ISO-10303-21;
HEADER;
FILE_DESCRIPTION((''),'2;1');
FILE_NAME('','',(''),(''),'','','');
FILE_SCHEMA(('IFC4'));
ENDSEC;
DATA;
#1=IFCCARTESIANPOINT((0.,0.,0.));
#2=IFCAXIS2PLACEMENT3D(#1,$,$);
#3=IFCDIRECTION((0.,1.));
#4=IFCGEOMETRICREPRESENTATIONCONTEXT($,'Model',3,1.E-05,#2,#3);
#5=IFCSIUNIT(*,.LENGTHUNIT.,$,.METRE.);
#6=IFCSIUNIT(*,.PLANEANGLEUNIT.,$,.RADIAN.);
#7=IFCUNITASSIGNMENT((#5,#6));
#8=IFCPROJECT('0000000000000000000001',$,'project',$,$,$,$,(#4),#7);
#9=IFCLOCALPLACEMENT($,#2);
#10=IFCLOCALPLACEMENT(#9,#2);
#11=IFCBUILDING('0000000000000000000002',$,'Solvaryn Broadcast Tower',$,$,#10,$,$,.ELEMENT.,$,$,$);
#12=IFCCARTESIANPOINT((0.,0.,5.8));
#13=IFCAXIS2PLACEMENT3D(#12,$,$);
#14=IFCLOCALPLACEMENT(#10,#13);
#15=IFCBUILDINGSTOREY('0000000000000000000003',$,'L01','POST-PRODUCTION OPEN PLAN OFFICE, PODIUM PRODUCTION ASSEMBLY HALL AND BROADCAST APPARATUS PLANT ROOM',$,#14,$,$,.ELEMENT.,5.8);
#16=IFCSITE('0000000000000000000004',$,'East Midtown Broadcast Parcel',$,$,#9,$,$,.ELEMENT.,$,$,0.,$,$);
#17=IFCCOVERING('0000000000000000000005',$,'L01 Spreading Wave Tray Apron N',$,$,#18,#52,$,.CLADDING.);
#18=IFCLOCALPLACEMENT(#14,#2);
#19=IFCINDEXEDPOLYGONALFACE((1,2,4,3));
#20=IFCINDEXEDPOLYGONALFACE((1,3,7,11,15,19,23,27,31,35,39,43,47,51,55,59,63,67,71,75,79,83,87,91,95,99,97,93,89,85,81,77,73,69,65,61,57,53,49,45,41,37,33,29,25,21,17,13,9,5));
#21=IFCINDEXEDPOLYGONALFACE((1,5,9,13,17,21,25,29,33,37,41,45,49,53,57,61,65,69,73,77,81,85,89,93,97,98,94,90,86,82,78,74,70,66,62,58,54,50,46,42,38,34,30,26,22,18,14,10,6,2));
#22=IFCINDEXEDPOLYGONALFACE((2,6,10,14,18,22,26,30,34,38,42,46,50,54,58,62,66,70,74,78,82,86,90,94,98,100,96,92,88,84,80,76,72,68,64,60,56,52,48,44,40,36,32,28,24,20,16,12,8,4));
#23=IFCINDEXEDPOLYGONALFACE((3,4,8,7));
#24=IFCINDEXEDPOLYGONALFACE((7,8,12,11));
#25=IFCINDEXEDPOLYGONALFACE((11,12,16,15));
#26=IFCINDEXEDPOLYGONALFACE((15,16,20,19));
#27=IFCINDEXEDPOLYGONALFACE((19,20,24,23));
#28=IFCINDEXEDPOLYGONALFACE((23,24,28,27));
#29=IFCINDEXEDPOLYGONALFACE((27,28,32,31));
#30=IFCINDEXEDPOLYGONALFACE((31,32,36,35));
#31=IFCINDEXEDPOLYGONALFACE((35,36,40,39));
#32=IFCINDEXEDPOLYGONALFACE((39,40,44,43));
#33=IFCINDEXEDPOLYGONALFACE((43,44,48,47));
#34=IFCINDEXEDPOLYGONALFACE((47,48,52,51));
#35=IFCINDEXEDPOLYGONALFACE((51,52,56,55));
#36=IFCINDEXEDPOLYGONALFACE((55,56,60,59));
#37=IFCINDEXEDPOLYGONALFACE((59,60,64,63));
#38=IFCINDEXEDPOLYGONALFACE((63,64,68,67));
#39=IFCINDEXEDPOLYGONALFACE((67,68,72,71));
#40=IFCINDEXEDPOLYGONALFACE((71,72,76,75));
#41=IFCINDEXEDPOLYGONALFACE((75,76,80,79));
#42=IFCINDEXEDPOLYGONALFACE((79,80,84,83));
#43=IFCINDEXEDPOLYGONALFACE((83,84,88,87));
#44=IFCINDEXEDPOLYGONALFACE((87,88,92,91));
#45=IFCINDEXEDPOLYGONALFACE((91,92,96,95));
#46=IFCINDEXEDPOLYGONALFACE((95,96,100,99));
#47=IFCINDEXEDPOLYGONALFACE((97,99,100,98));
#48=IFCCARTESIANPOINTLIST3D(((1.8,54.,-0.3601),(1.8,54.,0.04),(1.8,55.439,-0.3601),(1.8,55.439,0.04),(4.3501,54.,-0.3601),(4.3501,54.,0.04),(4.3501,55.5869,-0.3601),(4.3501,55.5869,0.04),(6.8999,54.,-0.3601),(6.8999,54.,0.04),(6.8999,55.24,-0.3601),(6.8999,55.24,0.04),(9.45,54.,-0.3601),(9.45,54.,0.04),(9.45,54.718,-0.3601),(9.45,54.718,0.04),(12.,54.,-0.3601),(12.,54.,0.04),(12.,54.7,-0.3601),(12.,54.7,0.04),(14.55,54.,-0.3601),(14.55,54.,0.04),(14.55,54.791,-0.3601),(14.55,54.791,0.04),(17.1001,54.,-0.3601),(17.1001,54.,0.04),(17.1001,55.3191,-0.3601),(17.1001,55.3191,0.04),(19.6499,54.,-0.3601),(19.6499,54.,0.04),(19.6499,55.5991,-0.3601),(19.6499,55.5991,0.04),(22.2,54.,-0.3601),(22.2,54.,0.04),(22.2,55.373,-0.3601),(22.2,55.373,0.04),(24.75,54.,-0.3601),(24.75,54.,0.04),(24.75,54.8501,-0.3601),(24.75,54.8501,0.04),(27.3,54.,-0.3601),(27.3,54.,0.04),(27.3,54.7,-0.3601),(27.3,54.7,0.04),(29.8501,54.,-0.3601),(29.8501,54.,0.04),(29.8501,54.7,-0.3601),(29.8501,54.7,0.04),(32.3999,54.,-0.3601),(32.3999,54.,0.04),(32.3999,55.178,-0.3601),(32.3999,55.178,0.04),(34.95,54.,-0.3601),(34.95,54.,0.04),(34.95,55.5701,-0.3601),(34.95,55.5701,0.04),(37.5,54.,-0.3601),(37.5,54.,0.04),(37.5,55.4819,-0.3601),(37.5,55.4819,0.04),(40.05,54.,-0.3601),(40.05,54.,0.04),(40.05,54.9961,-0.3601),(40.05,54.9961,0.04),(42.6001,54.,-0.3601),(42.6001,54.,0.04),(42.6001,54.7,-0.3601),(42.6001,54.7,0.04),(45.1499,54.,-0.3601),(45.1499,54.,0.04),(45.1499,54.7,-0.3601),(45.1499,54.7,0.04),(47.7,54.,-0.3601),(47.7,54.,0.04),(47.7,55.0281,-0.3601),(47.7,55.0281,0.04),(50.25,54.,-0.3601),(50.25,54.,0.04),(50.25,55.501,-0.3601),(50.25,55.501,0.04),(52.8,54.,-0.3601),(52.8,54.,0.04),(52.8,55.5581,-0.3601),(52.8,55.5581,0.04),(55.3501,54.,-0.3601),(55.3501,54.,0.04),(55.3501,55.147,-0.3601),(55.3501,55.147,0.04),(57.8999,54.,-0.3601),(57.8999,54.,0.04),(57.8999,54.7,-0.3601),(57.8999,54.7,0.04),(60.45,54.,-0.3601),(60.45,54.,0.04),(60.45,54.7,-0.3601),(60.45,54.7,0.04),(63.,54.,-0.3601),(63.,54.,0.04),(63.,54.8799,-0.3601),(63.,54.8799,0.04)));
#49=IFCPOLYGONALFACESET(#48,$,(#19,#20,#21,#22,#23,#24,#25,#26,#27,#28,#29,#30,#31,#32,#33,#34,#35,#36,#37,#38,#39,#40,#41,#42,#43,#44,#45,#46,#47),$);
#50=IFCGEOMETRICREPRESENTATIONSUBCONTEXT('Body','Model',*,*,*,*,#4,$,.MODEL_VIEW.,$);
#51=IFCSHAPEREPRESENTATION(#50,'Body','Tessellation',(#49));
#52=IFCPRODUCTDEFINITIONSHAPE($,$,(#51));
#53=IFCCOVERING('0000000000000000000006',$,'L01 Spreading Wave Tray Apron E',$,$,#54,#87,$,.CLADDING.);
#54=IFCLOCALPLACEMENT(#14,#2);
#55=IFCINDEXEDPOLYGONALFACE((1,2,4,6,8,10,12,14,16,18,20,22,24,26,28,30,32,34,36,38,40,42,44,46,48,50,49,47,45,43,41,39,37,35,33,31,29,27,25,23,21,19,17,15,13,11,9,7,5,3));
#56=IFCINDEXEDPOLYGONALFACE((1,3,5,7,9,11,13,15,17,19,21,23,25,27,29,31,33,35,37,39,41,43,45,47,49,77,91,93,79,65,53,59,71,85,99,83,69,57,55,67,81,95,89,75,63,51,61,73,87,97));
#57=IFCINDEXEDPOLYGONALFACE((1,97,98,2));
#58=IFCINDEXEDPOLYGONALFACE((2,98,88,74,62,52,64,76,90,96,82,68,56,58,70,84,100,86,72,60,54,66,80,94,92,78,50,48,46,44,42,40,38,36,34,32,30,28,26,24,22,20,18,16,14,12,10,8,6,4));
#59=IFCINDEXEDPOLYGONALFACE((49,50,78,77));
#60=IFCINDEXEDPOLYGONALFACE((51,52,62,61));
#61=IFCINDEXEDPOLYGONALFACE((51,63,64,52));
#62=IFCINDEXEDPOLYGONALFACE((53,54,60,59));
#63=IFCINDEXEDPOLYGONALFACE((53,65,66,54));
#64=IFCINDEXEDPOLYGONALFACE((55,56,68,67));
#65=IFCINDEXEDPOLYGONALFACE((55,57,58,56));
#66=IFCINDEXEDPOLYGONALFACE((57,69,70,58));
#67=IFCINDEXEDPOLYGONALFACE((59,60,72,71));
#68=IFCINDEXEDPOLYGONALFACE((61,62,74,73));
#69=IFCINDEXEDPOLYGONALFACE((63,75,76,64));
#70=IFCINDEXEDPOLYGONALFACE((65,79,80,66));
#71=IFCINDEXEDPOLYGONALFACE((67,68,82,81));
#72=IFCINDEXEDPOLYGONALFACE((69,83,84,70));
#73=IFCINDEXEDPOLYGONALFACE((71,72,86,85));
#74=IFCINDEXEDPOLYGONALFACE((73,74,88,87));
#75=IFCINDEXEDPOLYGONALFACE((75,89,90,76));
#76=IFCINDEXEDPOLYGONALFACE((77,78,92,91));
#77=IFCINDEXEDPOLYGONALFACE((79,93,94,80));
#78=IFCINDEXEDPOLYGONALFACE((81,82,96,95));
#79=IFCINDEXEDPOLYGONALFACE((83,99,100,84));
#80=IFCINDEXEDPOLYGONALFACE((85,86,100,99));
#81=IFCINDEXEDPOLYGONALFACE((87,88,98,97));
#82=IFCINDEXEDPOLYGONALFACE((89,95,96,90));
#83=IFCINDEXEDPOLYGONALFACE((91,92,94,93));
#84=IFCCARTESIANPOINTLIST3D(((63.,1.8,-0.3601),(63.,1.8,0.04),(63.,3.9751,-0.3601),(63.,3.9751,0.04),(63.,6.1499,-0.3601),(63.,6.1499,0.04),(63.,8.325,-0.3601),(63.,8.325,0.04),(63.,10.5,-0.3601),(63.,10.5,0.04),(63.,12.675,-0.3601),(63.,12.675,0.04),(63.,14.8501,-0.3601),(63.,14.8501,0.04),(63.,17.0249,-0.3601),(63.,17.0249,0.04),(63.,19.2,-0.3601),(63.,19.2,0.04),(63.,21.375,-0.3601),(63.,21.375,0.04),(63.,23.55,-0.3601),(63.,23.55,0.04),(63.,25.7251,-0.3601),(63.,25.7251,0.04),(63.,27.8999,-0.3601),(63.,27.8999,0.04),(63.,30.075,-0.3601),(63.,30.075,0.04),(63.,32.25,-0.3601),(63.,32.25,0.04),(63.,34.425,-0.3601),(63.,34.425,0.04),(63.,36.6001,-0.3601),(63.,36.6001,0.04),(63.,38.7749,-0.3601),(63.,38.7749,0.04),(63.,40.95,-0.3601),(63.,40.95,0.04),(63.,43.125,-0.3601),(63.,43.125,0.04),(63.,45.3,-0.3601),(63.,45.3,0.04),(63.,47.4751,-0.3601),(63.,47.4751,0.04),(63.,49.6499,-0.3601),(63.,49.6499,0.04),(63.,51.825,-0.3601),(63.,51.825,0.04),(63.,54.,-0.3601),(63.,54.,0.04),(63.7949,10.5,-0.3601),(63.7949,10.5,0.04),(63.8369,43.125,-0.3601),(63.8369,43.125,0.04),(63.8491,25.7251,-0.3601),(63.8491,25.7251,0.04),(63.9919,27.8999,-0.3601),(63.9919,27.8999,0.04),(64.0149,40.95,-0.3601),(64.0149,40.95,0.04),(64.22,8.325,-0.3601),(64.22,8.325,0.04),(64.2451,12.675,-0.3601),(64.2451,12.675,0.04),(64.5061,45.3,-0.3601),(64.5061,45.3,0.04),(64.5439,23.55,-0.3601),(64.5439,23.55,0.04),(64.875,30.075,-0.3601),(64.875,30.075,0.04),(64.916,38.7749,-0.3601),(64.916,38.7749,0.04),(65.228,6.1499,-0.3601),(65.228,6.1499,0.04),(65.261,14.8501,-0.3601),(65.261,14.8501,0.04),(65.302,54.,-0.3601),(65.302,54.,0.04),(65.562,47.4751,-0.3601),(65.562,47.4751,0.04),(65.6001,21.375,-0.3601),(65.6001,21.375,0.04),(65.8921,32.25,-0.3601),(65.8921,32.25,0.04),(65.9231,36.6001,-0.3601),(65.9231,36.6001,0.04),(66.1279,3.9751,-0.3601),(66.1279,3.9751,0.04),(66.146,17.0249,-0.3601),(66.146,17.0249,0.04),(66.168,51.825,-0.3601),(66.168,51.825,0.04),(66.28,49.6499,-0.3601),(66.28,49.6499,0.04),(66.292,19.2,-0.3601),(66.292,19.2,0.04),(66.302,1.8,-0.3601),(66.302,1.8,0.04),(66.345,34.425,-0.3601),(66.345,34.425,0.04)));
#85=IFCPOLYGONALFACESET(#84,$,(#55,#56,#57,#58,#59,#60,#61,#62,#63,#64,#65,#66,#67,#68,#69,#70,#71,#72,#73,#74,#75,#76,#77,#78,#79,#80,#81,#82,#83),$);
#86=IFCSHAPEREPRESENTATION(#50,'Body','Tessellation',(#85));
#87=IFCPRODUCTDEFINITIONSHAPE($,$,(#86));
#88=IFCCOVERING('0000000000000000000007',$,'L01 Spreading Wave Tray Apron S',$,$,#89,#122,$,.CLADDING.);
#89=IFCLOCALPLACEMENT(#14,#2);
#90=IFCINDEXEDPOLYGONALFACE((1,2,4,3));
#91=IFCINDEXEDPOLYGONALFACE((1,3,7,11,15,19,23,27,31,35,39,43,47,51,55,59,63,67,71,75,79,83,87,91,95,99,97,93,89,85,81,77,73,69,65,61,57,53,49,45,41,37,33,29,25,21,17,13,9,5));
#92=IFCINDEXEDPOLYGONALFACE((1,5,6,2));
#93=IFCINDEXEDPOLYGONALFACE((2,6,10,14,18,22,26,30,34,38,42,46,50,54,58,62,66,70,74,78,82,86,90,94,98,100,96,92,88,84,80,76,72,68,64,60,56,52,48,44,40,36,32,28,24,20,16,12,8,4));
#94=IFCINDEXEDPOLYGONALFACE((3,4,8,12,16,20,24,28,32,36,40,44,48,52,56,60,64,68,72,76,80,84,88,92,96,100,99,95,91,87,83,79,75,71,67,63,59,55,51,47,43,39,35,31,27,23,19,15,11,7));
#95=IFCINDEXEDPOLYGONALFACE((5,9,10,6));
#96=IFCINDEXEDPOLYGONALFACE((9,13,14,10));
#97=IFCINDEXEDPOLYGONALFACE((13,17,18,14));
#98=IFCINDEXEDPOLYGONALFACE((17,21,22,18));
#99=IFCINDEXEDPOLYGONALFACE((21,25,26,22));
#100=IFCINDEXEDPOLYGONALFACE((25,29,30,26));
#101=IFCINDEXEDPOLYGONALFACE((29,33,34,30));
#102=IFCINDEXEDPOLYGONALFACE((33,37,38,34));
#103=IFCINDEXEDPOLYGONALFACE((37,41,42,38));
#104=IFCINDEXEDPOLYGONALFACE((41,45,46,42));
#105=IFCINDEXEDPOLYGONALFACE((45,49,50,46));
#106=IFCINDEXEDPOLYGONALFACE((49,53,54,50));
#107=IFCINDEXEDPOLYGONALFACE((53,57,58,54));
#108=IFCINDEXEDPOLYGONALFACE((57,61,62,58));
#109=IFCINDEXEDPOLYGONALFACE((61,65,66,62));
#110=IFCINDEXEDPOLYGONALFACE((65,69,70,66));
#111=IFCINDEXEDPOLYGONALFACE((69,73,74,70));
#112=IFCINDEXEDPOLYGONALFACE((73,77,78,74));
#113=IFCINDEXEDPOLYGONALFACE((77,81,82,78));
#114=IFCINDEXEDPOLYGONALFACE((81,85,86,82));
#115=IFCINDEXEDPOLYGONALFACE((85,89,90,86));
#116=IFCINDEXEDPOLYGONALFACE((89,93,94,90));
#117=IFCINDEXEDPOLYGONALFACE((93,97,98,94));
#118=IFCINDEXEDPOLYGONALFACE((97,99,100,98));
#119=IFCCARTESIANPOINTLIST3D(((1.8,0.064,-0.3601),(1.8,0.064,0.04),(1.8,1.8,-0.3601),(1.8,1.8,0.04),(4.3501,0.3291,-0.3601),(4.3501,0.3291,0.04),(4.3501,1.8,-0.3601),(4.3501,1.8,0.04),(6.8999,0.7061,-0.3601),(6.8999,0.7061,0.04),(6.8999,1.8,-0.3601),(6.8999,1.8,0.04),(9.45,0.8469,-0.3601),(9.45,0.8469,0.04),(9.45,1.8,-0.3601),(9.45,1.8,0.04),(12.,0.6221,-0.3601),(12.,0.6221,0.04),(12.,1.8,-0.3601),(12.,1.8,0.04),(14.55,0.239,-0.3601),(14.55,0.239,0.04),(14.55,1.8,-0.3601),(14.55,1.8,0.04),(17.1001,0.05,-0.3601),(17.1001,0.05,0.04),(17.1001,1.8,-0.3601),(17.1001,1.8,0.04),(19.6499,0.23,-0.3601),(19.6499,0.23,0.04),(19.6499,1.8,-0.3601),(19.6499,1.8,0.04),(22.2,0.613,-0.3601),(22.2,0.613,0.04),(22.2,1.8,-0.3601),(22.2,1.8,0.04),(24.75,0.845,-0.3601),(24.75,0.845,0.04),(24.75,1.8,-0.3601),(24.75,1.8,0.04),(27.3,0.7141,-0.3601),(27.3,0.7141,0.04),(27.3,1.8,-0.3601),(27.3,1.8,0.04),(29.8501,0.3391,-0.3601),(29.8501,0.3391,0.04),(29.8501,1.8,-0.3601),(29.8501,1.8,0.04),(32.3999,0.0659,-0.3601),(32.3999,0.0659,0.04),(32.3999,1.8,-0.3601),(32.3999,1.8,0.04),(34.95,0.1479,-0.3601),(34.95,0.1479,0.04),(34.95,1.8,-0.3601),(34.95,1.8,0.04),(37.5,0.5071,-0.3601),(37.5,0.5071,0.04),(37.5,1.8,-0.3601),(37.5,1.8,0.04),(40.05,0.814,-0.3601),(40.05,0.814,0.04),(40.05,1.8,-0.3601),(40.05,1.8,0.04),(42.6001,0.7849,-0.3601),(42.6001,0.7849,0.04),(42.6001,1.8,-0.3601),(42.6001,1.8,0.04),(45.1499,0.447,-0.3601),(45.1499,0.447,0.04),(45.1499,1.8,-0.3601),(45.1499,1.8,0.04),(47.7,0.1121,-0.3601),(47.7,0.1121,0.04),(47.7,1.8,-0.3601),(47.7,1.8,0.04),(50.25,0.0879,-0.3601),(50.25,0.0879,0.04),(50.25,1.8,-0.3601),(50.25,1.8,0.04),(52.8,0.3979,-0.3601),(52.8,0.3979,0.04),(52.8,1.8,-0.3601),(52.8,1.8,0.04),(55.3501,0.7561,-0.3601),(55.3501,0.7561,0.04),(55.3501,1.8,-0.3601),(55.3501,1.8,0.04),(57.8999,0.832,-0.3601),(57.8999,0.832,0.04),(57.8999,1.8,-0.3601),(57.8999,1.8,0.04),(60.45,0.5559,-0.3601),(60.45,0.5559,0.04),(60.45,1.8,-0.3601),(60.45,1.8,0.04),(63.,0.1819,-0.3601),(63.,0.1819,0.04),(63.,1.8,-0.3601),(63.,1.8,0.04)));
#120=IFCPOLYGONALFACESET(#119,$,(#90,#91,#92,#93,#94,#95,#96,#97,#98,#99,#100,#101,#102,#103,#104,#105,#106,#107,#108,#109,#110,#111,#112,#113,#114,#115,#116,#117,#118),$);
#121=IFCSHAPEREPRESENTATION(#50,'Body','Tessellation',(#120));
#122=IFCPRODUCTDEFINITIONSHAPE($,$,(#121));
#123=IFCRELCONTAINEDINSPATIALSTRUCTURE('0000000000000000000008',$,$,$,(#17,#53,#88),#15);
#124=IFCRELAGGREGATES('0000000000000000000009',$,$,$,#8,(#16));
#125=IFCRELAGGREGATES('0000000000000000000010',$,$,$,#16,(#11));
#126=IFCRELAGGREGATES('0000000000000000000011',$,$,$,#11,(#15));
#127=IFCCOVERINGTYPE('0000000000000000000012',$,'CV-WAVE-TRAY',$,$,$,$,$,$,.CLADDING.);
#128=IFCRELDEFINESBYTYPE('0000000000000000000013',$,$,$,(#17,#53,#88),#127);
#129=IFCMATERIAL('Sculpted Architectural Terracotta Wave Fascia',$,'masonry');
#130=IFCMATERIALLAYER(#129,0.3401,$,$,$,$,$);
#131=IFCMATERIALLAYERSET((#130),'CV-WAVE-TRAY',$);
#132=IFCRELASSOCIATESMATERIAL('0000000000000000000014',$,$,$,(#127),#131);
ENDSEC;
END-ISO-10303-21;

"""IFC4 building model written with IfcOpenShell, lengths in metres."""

from ifc_helpers import new_model, si_unit, direction, frame, origin, place, context, subcontext, project, spatial, polyline, outline, extrude, material, layer, layer_set, type_object, element, save


model = new_model("IFC4")

# Units and contexts
model_context = context("Model", 3, precision=1e-05, world=origin(), true_north=direction((0.0, 1.0)))
body_context = subcontext(model_context, "Body", "Model", "MODEL_VIEW")
ifc_project = project(units=[si_unit("LENGTHUNIT", "METRE"), si_unit("PLANEANGLEUNIT", "RADIAN")], contexts=[model_context])

# Site, building, storey
site_placement = place(None, origin())
site = spatial("IfcSite", under=ifc_project, at=site_placement, Name="East Midtown Broadcast Parcel", CompositionType="ELEMENT", RefElevation=0.0)
building_placement = place(site_placement, origin())
building = spatial("IfcBuilding", under=site, at=building_placement, Name="Solvaryn Broadcast Tower", CompositionType="ELEMENT")
storey_placement = place(building_placement, frame((0.0, 0.0, 5.8)))
storey = spatial("IfcBuildingStorey", under=building, at=storey_placement, Name="L01", Description="POST-PRODUCTION OPEN PLAN OFFICE, PODIUM PRODUCTION ASSEMBLY HALL AND BROADCAST APPARATUS PLANT ROOM", CompositionType="ELEMENT", Elevation=5.8)

# Coverings
ifc_material_1 = material(Name="Sculpted Architectural Terracotta Wave Fascia", Category="masonry")
ifc_layer_1 = layer(ifc_material_1, 0.3401)
ifc_layer_set_1 = layer_set([ifc_layer_1], Name="CV-WAVE-TRAY")
covering_type_1 = type_object("IfcCoveringType", Name="CV-WAVE-TRAY", PredefinedType="CLADDING", material=ifc_layer_set_1)
covering_1_placement = place(storey_placement, frame((0.0, 0.0, -0.3601)))
element("IfcCovering", 1, at=covering_1_placement, inside=storey, type_object=covering_type_1, Name="L01 Spreading Wave Tray Apron N", PredefinedType="CLADDING", context=body_context, shape_type="SweptSolid", body=[
    extrude(outline(polyline([(1.8, 54.0), (4.3501, 54.0), (6.8999, 54.0), (9.45, 54.0), (12.0, 54.0), (14.55, 54.0), (17.1001, 54.0), (19.6499, 54.0), (22.2, 54.0), (24.75, 54.0), (27.3, 54.0), (29.8501, 54.0), (32.3999, 54.0), (34.95, 54.0), (37.5, 54.0), (40.05, 54.0), (42.6001, 54.0), (45.1499, 54.0), (47.7, 54.0), (50.25, 54.0), (52.8, 54.0), (55.3501, 54.0), (57.8999, 54.0), (60.45, 54.0), (63.0, 54.0), (63.0, 54.8799), (60.45, 54.7), (57.8999, 54.7), (55.3501, 55.147), (52.8, 55.5581), (50.25, 55.501), (47.7, 55.0281), (45.1499, 54.7), (42.6001, 54.7), (40.05, 54.9961), (37.5, 55.4819), (34.95, 55.5701), (32.3999, 55.178), (29.8501, 54.7), (27.3, 54.7), (24.75, 54.8501), (22.2, 55.373), (19.6499, 55.5991), (17.1001, 55.3191), (14.55, 54.791), (12.0, 54.7), (9.45, 54.718), (6.8999, 55.24), (4.3501, 55.5869), (1.8, 55.439), (1.8, 54.0)])), origin(), (0.0, 0.0, 1.0), 0.4001),
])
covering_2_placement = place(storey_placement, frame((0.0, 0.0, -0.3601)))
element("IfcCovering", 2, at=covering_2_placement, inside=storey, type_object=covering_type_1, Name="L01 Spreading Wave Tray Apron E", PredefinedType="CLADDING", context=body_context, shape_type="SweptSolid", body=[
    extrude(outline(polyline([(66.302, 1.8), (66.1279, 3.9751), (65.228, 6.1499), (64.22, 8.325), (63.7949, 10.5), (64.2451, 12.675), (65.261, 14.8501), (66.146, 17.0249), (66.292, 19.2), (65.6001, 21.375), (64.5439, 23.55), (63.8491, 25.7251), (63.9919, 27.8999), (64.875, 30.075), (65.8921, 32.25), (66.345, 34.425), (65.9231, 36.6001), (64.916, 38.7749), (64.0149, 40.95), (63.8369, 43.125), (64.5061, 45.3), (65.562, 47.4751), (66.28, 49.6499), (66.168, 51.825), (65.302, 54.0), (63.0, 54.0), (63.0, 51.825), (63.0, 49.6499), (63.0, 47.4751), (63.0, 45.3), (63.0, 43.125), (63.0, 40.95), (63.0, 38.7749), (63.0, 36.6001), (63.0, 34.425), (63.0, 32.25), (63.0, 30.075), (63.0, 27.8999), (63.0, 25.7251), (63.0, 23.55), (63.0, 21.375), (63.0, 19.2), (63.0, 17.0249), (63.0, 14.8501), (63.0, 12.675), (63.0, 10.5), (63.0, 8.325), (63.0, 6.1499), (63.0, 3.9751), (63.0, 1.8), (66.302, 1.8)])), origin(), (0.0, 0.0, 1.0), 0.4001),
])
covering_3_placement = place(storey_placement, frame((0.0, 0.0, -0.3601)))
element("IfcCovering", 3, at=covering_3_placement, inside=storey, type_object=covering_type_1, Name="L01 Spreading Wave Tray Apron S", PredefinedType="CLADDING", context=body_context, shape_type="SweptSolid", body=[
    extrude(outline(polyline([(1.8, 0.064), (4.3501, 0.3291), (6.8999, 0.7061), (9.45, 0.8469), (12.0, 0.6221), (14.55, 0.239), (17.1001, 0.05), (19.6499, 0.23), (22.2, 0.613), (24.75, 0.845), (27.3, 0.7141), (29.8501, 0.3391), (32.3999, 0.0659), (34.95, 0.1479), (37.5, 0.5071), (40.05, 0.814), (42.6001, 0.7849), (45.1499, 0.447), (47.7, 0.1121), (50.25, 0.0879), (52.8, 0.3979), (55.3501, 0.7561), (57.8999, 0.832), (60.45, 0.5559), (63.0, 0.1819), (63.0, 1.8), (60.45, 1.8), (57.8999, 1.8), (55.3501, 1.8), (52.8, 1.8), (50.25, 1.8), (47.7, 1.8), (45.1499, 1.8), (42.6001, 1.8), (40.05, 1.8), (37.5, 1.8), (34.95, 1.8), (32.3999, 1.8), (29.8501, 1.8), (27.3, 1.8), (24.75, 1.8), (22.2, 1.8), (19.6499, 1.8), (17.1001, 1.8), (14.55, 1.8), (12.0, 1.8), (9.45, 1.8), (6.8999, 1.8), (4.3501, 1.8), (1.8, 1.8), (1.8, 0.064)])), origin(), (0.0, 0.0, 1.0), 0.4001),
])

save(model, "model.ifc")
